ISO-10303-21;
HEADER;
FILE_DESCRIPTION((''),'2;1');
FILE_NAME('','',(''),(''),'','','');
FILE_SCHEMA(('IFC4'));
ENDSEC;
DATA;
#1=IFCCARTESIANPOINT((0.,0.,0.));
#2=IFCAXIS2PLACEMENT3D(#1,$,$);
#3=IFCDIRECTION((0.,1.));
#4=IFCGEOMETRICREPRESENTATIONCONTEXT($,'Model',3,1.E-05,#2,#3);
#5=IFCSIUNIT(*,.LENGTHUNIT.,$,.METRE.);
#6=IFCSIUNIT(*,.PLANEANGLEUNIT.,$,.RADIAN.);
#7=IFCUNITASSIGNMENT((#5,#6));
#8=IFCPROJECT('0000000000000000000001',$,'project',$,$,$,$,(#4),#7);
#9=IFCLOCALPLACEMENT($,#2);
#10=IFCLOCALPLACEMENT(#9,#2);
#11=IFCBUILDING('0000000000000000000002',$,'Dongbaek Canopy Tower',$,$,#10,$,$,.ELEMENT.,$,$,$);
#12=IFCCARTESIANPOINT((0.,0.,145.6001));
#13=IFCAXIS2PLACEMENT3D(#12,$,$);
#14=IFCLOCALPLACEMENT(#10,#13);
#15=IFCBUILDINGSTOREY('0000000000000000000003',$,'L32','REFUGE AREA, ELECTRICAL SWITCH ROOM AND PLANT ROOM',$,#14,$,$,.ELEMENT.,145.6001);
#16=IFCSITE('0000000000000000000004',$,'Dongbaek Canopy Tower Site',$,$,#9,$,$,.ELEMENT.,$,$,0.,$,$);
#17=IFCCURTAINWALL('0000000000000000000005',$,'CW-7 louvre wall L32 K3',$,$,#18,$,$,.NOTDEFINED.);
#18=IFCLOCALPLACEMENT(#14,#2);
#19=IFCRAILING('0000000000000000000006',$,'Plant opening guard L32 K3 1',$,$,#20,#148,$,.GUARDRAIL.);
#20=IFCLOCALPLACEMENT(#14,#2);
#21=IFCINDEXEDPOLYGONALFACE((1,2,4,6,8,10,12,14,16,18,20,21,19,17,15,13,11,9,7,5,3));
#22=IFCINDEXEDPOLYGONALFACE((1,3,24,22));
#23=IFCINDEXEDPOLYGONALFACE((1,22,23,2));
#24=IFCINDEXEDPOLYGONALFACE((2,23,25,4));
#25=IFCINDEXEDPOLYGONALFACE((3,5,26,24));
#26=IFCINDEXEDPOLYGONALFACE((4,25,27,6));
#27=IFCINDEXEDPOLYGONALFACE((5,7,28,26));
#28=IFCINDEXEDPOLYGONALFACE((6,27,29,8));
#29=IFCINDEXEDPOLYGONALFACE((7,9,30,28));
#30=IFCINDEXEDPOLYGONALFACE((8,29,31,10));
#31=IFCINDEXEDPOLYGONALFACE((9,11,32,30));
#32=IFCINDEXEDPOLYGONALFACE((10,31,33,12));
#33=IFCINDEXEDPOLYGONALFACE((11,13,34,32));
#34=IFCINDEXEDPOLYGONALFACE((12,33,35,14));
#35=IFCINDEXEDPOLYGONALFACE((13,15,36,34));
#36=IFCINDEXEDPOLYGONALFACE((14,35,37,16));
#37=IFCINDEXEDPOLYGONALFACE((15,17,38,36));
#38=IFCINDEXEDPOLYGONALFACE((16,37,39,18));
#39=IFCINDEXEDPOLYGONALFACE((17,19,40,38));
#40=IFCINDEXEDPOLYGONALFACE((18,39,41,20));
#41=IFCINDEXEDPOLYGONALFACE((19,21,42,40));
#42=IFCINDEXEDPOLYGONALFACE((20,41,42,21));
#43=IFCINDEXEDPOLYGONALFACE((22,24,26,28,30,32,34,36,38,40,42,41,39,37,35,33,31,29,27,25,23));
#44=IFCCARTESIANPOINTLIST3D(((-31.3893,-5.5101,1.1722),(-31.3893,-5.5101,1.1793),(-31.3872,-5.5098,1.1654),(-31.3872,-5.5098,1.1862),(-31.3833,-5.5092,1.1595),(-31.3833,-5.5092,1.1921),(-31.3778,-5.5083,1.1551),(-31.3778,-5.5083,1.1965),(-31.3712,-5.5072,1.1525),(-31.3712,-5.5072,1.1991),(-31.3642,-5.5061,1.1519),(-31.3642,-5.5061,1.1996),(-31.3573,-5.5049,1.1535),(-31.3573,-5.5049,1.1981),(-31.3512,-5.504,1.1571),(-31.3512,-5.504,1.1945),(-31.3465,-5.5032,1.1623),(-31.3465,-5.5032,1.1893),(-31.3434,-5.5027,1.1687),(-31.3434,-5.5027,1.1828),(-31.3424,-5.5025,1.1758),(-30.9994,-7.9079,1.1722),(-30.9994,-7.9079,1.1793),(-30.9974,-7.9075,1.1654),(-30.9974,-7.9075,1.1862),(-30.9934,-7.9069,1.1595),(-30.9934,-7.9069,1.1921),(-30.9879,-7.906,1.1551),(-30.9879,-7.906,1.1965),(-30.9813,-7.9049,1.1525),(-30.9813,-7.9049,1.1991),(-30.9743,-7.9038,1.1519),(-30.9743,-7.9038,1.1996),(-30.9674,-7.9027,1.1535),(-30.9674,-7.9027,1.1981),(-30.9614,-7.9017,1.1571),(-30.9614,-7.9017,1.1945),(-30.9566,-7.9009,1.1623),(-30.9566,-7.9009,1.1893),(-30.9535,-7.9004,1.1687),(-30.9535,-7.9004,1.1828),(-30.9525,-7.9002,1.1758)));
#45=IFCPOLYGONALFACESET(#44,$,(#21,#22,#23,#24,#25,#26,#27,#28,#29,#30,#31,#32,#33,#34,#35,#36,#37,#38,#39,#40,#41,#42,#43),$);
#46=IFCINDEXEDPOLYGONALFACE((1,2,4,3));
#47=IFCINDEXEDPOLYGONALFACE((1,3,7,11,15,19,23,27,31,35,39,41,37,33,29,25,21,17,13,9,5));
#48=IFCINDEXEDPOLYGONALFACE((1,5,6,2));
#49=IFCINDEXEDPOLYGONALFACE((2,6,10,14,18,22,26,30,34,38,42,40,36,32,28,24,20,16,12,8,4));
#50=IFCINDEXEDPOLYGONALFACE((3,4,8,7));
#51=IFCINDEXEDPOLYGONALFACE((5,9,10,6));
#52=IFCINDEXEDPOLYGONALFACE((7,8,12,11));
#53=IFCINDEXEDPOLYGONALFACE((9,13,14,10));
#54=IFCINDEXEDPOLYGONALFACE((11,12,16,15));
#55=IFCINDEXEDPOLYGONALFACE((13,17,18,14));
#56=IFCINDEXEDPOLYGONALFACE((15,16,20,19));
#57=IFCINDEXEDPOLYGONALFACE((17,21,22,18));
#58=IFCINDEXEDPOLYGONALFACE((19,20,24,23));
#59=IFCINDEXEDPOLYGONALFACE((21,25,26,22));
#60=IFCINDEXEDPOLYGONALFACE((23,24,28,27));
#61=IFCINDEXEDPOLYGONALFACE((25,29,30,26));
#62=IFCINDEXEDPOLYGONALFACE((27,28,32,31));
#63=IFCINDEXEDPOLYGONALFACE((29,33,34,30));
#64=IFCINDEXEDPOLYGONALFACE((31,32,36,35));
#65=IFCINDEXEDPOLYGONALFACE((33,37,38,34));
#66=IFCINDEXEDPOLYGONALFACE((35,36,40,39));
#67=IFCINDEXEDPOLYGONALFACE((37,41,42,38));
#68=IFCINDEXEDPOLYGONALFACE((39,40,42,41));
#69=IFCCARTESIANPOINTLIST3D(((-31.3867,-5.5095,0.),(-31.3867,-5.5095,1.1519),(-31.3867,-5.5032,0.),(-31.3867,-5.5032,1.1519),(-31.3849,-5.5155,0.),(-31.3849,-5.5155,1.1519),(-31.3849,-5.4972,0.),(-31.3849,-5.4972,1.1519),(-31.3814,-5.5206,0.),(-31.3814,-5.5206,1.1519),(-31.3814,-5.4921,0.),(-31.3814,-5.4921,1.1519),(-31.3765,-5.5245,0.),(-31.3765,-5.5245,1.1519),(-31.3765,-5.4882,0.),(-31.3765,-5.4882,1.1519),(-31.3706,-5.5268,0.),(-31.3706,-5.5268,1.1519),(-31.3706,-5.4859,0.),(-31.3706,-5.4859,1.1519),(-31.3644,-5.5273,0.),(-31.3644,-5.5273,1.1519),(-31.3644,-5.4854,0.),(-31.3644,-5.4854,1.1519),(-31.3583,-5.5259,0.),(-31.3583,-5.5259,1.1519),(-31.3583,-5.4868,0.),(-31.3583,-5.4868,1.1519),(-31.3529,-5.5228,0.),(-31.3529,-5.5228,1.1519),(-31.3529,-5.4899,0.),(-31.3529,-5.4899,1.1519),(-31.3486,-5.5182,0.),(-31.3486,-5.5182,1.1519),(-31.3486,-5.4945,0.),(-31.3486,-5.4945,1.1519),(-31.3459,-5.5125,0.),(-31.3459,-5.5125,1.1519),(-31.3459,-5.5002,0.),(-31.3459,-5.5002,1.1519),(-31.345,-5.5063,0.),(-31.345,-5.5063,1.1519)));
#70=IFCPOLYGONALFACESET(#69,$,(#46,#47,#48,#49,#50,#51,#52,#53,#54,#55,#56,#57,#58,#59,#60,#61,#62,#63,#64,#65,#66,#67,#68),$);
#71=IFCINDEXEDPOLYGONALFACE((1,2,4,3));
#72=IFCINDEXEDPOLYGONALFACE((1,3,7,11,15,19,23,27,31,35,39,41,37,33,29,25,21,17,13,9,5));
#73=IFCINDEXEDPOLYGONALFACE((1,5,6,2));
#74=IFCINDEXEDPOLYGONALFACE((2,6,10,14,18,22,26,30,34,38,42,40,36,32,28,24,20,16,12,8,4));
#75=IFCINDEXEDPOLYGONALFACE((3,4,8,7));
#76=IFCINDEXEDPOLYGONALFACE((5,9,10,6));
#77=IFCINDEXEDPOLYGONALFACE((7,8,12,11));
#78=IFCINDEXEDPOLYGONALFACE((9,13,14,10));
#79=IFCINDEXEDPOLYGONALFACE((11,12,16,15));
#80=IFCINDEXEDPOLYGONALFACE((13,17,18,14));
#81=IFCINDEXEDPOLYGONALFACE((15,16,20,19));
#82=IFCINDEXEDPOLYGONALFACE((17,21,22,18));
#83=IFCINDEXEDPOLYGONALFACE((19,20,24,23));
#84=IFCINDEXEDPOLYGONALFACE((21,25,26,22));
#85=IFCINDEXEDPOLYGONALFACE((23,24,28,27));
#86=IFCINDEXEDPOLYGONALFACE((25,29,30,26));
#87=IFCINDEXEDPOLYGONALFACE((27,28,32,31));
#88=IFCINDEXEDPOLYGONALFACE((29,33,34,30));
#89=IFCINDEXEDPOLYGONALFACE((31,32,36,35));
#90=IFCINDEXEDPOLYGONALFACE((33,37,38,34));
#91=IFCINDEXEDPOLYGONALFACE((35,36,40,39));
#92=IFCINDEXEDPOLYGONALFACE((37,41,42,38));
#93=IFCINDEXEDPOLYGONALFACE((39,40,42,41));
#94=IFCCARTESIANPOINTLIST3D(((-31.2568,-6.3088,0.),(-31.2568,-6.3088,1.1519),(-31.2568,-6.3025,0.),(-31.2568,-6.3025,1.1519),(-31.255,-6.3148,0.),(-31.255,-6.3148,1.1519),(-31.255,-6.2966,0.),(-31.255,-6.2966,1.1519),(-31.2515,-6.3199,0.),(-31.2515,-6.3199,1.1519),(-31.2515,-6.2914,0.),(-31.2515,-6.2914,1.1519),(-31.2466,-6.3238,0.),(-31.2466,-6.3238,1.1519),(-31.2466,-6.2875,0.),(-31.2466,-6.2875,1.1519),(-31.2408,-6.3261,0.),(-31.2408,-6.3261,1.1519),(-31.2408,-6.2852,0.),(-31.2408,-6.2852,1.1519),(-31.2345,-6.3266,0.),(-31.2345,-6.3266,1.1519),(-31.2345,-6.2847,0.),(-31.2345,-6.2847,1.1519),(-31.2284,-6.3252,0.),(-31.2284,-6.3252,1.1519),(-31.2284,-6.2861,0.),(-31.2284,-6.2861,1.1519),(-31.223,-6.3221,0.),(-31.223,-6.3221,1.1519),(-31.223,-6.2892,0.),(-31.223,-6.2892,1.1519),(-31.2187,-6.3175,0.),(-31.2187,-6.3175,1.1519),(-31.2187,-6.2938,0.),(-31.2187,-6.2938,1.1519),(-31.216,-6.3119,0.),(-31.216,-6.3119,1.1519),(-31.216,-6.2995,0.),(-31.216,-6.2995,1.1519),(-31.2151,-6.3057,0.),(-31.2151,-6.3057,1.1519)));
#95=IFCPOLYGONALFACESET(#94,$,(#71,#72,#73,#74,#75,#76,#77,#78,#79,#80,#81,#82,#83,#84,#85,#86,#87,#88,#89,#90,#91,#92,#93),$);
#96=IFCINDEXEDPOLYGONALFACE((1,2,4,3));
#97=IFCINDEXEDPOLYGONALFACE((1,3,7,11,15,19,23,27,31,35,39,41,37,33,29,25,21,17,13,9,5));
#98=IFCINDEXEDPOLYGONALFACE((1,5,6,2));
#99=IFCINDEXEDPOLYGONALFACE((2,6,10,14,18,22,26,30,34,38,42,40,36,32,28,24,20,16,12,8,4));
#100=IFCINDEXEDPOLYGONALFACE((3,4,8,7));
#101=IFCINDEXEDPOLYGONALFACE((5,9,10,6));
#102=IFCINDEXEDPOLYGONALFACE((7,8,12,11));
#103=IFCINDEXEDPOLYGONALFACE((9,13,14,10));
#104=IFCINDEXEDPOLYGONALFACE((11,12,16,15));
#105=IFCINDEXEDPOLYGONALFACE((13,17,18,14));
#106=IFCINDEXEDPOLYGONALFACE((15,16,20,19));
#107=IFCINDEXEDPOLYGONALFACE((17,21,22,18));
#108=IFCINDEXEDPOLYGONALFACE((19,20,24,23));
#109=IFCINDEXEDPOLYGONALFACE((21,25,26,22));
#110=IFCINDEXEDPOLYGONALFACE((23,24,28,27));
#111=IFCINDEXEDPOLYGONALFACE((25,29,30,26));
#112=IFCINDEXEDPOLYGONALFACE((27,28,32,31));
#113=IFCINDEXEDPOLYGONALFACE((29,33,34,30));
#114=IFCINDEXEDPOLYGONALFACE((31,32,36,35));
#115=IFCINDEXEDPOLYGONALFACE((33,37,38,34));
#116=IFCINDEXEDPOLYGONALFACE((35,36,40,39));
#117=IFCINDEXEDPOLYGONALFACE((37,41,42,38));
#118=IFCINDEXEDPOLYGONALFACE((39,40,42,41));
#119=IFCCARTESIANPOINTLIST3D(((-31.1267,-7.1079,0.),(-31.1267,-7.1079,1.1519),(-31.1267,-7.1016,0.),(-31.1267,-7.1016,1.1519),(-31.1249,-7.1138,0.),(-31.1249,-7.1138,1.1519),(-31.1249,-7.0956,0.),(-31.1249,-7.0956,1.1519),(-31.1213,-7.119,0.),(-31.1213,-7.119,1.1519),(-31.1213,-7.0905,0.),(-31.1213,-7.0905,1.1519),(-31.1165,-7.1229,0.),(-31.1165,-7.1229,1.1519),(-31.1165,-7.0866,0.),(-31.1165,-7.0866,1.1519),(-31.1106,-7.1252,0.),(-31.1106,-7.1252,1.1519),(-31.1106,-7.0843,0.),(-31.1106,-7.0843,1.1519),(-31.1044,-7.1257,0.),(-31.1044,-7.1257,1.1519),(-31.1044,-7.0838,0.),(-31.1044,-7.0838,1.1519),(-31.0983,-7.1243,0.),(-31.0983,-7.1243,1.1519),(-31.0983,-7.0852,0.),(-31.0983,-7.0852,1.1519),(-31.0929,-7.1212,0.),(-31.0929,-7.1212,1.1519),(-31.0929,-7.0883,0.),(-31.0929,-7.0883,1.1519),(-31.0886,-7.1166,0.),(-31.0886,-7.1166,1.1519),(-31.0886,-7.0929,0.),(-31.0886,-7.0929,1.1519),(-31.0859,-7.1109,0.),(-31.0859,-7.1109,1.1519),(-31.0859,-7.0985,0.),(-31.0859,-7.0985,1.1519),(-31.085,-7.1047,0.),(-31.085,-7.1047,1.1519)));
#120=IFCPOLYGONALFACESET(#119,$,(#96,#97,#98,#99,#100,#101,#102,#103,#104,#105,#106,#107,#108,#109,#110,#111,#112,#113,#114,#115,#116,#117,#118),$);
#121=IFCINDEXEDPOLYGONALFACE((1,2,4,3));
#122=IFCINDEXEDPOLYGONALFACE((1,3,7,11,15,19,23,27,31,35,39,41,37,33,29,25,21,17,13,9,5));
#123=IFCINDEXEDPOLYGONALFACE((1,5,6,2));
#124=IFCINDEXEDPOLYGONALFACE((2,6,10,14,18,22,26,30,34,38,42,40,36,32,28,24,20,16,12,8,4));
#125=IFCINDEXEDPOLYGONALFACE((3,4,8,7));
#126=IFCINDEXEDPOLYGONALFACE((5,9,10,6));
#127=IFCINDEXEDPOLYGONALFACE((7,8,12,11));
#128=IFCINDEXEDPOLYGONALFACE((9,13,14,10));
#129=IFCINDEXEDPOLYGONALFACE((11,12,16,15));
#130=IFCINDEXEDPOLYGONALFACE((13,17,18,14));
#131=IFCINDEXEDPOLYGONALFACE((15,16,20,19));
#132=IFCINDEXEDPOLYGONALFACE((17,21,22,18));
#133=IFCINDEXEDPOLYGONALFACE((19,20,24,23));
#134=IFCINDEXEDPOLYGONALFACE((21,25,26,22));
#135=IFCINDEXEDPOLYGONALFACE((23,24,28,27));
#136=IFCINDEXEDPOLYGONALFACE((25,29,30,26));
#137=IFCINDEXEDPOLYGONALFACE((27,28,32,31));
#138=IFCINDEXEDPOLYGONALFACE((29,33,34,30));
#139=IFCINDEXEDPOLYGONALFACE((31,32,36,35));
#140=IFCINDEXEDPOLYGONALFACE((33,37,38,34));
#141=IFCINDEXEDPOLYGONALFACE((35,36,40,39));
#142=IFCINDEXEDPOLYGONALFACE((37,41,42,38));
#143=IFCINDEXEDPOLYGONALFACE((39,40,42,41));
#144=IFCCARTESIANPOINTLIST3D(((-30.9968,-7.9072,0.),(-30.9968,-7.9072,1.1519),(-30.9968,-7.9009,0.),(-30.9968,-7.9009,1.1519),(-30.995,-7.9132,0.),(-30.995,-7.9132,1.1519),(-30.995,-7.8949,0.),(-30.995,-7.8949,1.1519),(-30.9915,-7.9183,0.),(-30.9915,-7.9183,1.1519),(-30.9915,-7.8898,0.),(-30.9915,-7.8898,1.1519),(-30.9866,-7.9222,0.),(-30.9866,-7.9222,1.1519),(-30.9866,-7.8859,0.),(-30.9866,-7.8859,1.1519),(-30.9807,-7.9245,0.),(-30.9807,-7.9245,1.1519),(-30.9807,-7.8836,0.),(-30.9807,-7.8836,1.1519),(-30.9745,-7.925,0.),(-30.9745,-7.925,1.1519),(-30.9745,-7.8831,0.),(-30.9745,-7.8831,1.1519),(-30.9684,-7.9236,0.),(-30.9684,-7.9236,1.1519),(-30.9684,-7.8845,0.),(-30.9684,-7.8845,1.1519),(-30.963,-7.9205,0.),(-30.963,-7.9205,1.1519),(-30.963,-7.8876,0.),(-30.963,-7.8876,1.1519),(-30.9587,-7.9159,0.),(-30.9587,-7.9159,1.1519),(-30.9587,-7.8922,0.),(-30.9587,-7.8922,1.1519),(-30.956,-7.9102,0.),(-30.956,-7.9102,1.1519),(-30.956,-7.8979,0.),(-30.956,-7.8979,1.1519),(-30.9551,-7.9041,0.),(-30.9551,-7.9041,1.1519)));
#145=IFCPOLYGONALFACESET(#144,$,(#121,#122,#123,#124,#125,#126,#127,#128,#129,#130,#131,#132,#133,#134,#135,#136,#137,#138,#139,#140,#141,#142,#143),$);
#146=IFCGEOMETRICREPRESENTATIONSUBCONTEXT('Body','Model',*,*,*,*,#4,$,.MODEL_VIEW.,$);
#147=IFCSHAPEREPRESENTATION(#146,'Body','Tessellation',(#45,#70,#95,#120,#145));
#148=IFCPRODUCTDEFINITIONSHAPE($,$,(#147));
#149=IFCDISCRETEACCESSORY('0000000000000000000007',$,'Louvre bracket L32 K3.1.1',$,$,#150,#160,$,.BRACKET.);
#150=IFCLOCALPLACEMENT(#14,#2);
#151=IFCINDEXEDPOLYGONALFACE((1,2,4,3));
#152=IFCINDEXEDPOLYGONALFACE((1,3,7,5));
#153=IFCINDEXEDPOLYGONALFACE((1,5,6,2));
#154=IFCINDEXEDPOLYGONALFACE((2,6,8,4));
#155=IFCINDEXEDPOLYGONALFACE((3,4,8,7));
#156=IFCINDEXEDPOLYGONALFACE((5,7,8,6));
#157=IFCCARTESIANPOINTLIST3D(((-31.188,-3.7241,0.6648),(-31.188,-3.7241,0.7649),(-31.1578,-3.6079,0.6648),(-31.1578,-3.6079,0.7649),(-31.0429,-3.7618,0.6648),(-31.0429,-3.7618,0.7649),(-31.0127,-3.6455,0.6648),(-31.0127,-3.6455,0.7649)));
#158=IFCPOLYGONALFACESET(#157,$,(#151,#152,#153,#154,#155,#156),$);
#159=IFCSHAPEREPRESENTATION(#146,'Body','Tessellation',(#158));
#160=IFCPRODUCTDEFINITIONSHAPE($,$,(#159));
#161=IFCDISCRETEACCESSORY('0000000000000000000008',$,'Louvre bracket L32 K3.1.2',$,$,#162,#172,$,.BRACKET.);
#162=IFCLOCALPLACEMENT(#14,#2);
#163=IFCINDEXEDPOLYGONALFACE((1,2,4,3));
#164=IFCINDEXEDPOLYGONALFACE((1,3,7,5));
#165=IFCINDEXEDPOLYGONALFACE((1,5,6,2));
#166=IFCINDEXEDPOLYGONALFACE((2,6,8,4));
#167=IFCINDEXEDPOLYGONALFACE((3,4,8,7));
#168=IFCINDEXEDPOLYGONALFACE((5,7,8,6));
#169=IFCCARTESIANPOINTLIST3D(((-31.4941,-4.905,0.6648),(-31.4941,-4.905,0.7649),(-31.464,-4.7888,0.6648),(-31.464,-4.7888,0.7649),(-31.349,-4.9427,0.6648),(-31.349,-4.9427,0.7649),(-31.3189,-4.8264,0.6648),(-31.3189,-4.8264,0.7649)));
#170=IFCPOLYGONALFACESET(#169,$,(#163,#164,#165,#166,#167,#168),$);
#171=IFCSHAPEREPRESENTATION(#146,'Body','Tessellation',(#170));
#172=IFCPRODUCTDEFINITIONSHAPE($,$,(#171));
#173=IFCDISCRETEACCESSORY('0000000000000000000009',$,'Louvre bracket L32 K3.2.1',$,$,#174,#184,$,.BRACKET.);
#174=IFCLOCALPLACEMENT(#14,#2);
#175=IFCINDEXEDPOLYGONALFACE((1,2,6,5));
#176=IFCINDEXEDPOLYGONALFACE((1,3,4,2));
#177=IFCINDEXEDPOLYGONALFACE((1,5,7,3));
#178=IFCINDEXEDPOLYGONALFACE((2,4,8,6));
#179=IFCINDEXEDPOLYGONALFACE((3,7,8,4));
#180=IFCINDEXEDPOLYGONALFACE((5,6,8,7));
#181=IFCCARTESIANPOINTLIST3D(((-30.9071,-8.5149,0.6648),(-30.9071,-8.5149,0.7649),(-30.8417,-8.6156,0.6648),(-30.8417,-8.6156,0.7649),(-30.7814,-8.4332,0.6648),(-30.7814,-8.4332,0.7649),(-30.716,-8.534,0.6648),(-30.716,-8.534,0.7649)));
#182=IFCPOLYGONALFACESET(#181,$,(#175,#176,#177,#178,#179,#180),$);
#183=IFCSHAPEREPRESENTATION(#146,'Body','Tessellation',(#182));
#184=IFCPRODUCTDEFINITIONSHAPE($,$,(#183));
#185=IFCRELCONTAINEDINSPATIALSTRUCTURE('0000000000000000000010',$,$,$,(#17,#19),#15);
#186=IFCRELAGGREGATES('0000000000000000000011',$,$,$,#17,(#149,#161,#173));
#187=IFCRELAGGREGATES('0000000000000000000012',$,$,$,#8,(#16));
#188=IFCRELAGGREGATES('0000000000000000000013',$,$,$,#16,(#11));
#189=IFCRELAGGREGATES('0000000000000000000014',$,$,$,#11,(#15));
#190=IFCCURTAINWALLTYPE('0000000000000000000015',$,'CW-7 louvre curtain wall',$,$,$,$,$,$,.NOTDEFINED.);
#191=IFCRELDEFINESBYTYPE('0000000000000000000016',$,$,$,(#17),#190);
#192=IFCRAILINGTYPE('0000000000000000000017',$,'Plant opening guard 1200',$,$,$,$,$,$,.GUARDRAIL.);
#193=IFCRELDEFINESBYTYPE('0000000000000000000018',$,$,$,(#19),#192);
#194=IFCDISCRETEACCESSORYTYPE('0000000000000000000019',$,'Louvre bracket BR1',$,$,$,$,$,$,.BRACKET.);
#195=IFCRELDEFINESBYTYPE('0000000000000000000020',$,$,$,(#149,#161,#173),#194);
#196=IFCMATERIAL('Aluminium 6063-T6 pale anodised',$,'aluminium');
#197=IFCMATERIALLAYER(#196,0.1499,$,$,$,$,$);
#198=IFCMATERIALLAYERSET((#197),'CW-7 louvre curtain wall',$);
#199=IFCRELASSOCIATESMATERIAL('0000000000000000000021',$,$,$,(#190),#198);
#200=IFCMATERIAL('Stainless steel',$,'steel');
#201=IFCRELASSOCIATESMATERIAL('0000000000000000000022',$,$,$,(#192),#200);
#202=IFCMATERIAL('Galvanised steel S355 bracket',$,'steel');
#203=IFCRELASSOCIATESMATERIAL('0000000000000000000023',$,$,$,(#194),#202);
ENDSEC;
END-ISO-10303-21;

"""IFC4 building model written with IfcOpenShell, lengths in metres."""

from ifc_helpers import new_model, si_unit, direction, frame, origin, origin_2d, place, context, subcontext, project, spatial, rectangle, circle, extrude, material, layer, layer_set, type_object, element, aggregate, save


model = new_model("IFC4")

# Units and contexts
model_context = context("Model", 3, precision=1e-05, world=origin(), true_north=direction((0.0, 1.0)))
body_context = subcontext(model_context, "Body", "Model", "MODEL_VIEW")
ifc_project = project(units=[si_unit("LENGTHUNIT", "METRE"), si_unit("PLANEANGLEUNIT", "RADIAN")], contexts=[model_context])

# Site, building, storey
site_placement = place(None, origin())
site = spatial("IfcSite", under=ifc_project, at=site_placement, Name="Dongbaek Canopy Tower Site", CompositionType="ELEMENT", RefElevation=0.0)
building_placement = place(site_placement, origin())
building = spatial("IfcBuilding", under=site, at=building_placement, Name="Dongbaek Canopy Tower", CompositionType="ELEMENT")
storey_placement = place(building_placement, frame((0.0, 0.0, 145.6001)))
storey = spatial("IfcBuildingStorey", under=building, at=storey_placement, Name="L32", Description="REFUGE AREA, ELECTRICAL SWITCH ROOM AND PLANT ROOM", CompositionType="ELEMENT", Elevation=145.6001)

# Shared definitions
ifc_material_1 = material(Name="Aluminium 6063-T6 pale anodised", Category="aluminium")
ifc_layer_1 = layer(ifc_material_1, 0.1499)
ifc_layer_set_1 = layer_set([ifc_layer_1], Name="CW-7 louvre curtain wall")
curtain_wall_type = type_object("IfcCurtainWallType", Name="CW-7 louvre curtain wall", PredefinedType="NOTDEFINED", material=ifc_layer_set_1)

# Curtain wall
curtain_wall_1_placement = place(storey_placement, origin())
curtain_wall_1 = element("IfcCurtainWall", 1, at=curtain_wall_1_placement, inside=storey, type_object=curtain_wall_type, Name="CW-7 louvre wall L32 K3", PredefinedType="NOTDEFINED")

# Railing
ifc_material_2 = material(Name="Stainless steel", Category="steel")
railing_type = type_object("IfcRailingType", Name="Plant opening guard 1200", PredefinedType="GUARDRAIL", material=ifc_material_2)
railing_placement = place(storey_placement, frame((-31.366, -5.5063, 0.0)))
element("IfcRailing", 2, at=railing_placement, inside=storey, type_object=railing_type, Name="Plant opening guard L32 K3 1", PredefinedType="GUARDRAIL", context=body_context, shape_type="SweptSolid", body=[
    extrude(circle(Radius=0.0239, at=origin_2d()), frame((0.0, 0.0, 1.1758), z_axis=(0.160503, -0.987035, 0.0), x_axis=(0.987035, 0.160503, 0.0)), (0.0, 0.0, 1.0), 2.4292),
    extrude(circle(Radius=0.021, at=origin_2d()), origin(), (0.0, 0.0, 1.0), 1.1519),
    extrude(circle(Radius=0.021, at=origin_2d()), frame((0.1299, -0.7993, 0.0)), (0.0, 0.0, 1.0), 1.1519),
    extrude(circle(Radius=0.021, at=origin_2d()), frame((0.26, -1.5984, 0.0)), (0.0, 0.0, 1.0), 1.1519),
    extrude(circle(Radius=0.021, at=origin_2d()), frame((0.3899, -2.3977, 0.0)), (0.0, 0.0, 1.0), 1.1519),
])

# Discrete accessories
ifc_material_3 = material(Name="Galvanised steel S355 bracket", Category="steel")
discrete_accessory_type = type_object("IfcDiscreteAccessoryType", Name="Louvre bracket BR1", PredefinedType="BRACKET", material=ifc_material_3)
discrete_accessory_1_placement = place(storey_placement, frame((-31.1003, -3.6848, 0.6648), z_axis=(0.0, 0.0, 1.0), x_axis=(-0.250958, -0.967998, 0.0)))
discrete_accessory_1 = element("IfcDiscreteAccessory", 3, at=discrete_accessory_1_placement, type_object=discrete_accessory_type, Name="Louvre bracket L32 K3.1.1", PredefinedType="BRACKET", context=body_context, shape_type="SweptSolid", body=[
    extrude(rectangle(XDim=0.1201, YDim=0.1499, at=origin_2d()), origin(), (0.0, 0.0, 1.0), 0.1001),
])
discrete_accessory_2_placement = place(storey_placement, frame((-31.4065, -4.8657, 0.6648), z_axis=(0.0, 0.0, 1.0), x_axis=(-0.250958, -0.967998, 0.0)))
discrete_accessory_2 = element("IfcDiscreteAccessory", 4, at=discrete_accessory_2_placement, type_object=discrete_accessory_type, Name="Louvre bracket L32 K3.1.2", PredefinedType="BRACKET", context=body_context, shape_type="SweptSolid", body=[
    extrude(rectangle(XDim=0.1201, YDim=0.1499, at=origin_2d()), origin(), (0.0, 0.0, 1.0), 0.1001),
])
discrete_accessory_3_placement = place(storey_placement, frame((-30.8115, -8.5244, 0.6648), z_axis=(0.0, 0.0, 1.0), x_axis=(0.544699, -0.838632, 0.0)))
discrete_accessory_3 = element("IfcDiscreteAccessory", 5, at=discrete_accessory_3_placement, type_object=discrete_accessory_type, Name="Louvre bracket L32 K3.2.1", PredefinedType="BRACKET", context=body_context, shape_type="SweptSolid", body=[
    extrude(rectangle(XDim=0.1201, YDim=0.1499, at=origin_2d()), origin(), (0.0, 0.0, 1.0), 0.1001),
])
aggregate(curtain_wall_1, [discrete_accessory_1, discrete_accessory_2, discrete_accessory_3])

save(model, "model.ifc")
